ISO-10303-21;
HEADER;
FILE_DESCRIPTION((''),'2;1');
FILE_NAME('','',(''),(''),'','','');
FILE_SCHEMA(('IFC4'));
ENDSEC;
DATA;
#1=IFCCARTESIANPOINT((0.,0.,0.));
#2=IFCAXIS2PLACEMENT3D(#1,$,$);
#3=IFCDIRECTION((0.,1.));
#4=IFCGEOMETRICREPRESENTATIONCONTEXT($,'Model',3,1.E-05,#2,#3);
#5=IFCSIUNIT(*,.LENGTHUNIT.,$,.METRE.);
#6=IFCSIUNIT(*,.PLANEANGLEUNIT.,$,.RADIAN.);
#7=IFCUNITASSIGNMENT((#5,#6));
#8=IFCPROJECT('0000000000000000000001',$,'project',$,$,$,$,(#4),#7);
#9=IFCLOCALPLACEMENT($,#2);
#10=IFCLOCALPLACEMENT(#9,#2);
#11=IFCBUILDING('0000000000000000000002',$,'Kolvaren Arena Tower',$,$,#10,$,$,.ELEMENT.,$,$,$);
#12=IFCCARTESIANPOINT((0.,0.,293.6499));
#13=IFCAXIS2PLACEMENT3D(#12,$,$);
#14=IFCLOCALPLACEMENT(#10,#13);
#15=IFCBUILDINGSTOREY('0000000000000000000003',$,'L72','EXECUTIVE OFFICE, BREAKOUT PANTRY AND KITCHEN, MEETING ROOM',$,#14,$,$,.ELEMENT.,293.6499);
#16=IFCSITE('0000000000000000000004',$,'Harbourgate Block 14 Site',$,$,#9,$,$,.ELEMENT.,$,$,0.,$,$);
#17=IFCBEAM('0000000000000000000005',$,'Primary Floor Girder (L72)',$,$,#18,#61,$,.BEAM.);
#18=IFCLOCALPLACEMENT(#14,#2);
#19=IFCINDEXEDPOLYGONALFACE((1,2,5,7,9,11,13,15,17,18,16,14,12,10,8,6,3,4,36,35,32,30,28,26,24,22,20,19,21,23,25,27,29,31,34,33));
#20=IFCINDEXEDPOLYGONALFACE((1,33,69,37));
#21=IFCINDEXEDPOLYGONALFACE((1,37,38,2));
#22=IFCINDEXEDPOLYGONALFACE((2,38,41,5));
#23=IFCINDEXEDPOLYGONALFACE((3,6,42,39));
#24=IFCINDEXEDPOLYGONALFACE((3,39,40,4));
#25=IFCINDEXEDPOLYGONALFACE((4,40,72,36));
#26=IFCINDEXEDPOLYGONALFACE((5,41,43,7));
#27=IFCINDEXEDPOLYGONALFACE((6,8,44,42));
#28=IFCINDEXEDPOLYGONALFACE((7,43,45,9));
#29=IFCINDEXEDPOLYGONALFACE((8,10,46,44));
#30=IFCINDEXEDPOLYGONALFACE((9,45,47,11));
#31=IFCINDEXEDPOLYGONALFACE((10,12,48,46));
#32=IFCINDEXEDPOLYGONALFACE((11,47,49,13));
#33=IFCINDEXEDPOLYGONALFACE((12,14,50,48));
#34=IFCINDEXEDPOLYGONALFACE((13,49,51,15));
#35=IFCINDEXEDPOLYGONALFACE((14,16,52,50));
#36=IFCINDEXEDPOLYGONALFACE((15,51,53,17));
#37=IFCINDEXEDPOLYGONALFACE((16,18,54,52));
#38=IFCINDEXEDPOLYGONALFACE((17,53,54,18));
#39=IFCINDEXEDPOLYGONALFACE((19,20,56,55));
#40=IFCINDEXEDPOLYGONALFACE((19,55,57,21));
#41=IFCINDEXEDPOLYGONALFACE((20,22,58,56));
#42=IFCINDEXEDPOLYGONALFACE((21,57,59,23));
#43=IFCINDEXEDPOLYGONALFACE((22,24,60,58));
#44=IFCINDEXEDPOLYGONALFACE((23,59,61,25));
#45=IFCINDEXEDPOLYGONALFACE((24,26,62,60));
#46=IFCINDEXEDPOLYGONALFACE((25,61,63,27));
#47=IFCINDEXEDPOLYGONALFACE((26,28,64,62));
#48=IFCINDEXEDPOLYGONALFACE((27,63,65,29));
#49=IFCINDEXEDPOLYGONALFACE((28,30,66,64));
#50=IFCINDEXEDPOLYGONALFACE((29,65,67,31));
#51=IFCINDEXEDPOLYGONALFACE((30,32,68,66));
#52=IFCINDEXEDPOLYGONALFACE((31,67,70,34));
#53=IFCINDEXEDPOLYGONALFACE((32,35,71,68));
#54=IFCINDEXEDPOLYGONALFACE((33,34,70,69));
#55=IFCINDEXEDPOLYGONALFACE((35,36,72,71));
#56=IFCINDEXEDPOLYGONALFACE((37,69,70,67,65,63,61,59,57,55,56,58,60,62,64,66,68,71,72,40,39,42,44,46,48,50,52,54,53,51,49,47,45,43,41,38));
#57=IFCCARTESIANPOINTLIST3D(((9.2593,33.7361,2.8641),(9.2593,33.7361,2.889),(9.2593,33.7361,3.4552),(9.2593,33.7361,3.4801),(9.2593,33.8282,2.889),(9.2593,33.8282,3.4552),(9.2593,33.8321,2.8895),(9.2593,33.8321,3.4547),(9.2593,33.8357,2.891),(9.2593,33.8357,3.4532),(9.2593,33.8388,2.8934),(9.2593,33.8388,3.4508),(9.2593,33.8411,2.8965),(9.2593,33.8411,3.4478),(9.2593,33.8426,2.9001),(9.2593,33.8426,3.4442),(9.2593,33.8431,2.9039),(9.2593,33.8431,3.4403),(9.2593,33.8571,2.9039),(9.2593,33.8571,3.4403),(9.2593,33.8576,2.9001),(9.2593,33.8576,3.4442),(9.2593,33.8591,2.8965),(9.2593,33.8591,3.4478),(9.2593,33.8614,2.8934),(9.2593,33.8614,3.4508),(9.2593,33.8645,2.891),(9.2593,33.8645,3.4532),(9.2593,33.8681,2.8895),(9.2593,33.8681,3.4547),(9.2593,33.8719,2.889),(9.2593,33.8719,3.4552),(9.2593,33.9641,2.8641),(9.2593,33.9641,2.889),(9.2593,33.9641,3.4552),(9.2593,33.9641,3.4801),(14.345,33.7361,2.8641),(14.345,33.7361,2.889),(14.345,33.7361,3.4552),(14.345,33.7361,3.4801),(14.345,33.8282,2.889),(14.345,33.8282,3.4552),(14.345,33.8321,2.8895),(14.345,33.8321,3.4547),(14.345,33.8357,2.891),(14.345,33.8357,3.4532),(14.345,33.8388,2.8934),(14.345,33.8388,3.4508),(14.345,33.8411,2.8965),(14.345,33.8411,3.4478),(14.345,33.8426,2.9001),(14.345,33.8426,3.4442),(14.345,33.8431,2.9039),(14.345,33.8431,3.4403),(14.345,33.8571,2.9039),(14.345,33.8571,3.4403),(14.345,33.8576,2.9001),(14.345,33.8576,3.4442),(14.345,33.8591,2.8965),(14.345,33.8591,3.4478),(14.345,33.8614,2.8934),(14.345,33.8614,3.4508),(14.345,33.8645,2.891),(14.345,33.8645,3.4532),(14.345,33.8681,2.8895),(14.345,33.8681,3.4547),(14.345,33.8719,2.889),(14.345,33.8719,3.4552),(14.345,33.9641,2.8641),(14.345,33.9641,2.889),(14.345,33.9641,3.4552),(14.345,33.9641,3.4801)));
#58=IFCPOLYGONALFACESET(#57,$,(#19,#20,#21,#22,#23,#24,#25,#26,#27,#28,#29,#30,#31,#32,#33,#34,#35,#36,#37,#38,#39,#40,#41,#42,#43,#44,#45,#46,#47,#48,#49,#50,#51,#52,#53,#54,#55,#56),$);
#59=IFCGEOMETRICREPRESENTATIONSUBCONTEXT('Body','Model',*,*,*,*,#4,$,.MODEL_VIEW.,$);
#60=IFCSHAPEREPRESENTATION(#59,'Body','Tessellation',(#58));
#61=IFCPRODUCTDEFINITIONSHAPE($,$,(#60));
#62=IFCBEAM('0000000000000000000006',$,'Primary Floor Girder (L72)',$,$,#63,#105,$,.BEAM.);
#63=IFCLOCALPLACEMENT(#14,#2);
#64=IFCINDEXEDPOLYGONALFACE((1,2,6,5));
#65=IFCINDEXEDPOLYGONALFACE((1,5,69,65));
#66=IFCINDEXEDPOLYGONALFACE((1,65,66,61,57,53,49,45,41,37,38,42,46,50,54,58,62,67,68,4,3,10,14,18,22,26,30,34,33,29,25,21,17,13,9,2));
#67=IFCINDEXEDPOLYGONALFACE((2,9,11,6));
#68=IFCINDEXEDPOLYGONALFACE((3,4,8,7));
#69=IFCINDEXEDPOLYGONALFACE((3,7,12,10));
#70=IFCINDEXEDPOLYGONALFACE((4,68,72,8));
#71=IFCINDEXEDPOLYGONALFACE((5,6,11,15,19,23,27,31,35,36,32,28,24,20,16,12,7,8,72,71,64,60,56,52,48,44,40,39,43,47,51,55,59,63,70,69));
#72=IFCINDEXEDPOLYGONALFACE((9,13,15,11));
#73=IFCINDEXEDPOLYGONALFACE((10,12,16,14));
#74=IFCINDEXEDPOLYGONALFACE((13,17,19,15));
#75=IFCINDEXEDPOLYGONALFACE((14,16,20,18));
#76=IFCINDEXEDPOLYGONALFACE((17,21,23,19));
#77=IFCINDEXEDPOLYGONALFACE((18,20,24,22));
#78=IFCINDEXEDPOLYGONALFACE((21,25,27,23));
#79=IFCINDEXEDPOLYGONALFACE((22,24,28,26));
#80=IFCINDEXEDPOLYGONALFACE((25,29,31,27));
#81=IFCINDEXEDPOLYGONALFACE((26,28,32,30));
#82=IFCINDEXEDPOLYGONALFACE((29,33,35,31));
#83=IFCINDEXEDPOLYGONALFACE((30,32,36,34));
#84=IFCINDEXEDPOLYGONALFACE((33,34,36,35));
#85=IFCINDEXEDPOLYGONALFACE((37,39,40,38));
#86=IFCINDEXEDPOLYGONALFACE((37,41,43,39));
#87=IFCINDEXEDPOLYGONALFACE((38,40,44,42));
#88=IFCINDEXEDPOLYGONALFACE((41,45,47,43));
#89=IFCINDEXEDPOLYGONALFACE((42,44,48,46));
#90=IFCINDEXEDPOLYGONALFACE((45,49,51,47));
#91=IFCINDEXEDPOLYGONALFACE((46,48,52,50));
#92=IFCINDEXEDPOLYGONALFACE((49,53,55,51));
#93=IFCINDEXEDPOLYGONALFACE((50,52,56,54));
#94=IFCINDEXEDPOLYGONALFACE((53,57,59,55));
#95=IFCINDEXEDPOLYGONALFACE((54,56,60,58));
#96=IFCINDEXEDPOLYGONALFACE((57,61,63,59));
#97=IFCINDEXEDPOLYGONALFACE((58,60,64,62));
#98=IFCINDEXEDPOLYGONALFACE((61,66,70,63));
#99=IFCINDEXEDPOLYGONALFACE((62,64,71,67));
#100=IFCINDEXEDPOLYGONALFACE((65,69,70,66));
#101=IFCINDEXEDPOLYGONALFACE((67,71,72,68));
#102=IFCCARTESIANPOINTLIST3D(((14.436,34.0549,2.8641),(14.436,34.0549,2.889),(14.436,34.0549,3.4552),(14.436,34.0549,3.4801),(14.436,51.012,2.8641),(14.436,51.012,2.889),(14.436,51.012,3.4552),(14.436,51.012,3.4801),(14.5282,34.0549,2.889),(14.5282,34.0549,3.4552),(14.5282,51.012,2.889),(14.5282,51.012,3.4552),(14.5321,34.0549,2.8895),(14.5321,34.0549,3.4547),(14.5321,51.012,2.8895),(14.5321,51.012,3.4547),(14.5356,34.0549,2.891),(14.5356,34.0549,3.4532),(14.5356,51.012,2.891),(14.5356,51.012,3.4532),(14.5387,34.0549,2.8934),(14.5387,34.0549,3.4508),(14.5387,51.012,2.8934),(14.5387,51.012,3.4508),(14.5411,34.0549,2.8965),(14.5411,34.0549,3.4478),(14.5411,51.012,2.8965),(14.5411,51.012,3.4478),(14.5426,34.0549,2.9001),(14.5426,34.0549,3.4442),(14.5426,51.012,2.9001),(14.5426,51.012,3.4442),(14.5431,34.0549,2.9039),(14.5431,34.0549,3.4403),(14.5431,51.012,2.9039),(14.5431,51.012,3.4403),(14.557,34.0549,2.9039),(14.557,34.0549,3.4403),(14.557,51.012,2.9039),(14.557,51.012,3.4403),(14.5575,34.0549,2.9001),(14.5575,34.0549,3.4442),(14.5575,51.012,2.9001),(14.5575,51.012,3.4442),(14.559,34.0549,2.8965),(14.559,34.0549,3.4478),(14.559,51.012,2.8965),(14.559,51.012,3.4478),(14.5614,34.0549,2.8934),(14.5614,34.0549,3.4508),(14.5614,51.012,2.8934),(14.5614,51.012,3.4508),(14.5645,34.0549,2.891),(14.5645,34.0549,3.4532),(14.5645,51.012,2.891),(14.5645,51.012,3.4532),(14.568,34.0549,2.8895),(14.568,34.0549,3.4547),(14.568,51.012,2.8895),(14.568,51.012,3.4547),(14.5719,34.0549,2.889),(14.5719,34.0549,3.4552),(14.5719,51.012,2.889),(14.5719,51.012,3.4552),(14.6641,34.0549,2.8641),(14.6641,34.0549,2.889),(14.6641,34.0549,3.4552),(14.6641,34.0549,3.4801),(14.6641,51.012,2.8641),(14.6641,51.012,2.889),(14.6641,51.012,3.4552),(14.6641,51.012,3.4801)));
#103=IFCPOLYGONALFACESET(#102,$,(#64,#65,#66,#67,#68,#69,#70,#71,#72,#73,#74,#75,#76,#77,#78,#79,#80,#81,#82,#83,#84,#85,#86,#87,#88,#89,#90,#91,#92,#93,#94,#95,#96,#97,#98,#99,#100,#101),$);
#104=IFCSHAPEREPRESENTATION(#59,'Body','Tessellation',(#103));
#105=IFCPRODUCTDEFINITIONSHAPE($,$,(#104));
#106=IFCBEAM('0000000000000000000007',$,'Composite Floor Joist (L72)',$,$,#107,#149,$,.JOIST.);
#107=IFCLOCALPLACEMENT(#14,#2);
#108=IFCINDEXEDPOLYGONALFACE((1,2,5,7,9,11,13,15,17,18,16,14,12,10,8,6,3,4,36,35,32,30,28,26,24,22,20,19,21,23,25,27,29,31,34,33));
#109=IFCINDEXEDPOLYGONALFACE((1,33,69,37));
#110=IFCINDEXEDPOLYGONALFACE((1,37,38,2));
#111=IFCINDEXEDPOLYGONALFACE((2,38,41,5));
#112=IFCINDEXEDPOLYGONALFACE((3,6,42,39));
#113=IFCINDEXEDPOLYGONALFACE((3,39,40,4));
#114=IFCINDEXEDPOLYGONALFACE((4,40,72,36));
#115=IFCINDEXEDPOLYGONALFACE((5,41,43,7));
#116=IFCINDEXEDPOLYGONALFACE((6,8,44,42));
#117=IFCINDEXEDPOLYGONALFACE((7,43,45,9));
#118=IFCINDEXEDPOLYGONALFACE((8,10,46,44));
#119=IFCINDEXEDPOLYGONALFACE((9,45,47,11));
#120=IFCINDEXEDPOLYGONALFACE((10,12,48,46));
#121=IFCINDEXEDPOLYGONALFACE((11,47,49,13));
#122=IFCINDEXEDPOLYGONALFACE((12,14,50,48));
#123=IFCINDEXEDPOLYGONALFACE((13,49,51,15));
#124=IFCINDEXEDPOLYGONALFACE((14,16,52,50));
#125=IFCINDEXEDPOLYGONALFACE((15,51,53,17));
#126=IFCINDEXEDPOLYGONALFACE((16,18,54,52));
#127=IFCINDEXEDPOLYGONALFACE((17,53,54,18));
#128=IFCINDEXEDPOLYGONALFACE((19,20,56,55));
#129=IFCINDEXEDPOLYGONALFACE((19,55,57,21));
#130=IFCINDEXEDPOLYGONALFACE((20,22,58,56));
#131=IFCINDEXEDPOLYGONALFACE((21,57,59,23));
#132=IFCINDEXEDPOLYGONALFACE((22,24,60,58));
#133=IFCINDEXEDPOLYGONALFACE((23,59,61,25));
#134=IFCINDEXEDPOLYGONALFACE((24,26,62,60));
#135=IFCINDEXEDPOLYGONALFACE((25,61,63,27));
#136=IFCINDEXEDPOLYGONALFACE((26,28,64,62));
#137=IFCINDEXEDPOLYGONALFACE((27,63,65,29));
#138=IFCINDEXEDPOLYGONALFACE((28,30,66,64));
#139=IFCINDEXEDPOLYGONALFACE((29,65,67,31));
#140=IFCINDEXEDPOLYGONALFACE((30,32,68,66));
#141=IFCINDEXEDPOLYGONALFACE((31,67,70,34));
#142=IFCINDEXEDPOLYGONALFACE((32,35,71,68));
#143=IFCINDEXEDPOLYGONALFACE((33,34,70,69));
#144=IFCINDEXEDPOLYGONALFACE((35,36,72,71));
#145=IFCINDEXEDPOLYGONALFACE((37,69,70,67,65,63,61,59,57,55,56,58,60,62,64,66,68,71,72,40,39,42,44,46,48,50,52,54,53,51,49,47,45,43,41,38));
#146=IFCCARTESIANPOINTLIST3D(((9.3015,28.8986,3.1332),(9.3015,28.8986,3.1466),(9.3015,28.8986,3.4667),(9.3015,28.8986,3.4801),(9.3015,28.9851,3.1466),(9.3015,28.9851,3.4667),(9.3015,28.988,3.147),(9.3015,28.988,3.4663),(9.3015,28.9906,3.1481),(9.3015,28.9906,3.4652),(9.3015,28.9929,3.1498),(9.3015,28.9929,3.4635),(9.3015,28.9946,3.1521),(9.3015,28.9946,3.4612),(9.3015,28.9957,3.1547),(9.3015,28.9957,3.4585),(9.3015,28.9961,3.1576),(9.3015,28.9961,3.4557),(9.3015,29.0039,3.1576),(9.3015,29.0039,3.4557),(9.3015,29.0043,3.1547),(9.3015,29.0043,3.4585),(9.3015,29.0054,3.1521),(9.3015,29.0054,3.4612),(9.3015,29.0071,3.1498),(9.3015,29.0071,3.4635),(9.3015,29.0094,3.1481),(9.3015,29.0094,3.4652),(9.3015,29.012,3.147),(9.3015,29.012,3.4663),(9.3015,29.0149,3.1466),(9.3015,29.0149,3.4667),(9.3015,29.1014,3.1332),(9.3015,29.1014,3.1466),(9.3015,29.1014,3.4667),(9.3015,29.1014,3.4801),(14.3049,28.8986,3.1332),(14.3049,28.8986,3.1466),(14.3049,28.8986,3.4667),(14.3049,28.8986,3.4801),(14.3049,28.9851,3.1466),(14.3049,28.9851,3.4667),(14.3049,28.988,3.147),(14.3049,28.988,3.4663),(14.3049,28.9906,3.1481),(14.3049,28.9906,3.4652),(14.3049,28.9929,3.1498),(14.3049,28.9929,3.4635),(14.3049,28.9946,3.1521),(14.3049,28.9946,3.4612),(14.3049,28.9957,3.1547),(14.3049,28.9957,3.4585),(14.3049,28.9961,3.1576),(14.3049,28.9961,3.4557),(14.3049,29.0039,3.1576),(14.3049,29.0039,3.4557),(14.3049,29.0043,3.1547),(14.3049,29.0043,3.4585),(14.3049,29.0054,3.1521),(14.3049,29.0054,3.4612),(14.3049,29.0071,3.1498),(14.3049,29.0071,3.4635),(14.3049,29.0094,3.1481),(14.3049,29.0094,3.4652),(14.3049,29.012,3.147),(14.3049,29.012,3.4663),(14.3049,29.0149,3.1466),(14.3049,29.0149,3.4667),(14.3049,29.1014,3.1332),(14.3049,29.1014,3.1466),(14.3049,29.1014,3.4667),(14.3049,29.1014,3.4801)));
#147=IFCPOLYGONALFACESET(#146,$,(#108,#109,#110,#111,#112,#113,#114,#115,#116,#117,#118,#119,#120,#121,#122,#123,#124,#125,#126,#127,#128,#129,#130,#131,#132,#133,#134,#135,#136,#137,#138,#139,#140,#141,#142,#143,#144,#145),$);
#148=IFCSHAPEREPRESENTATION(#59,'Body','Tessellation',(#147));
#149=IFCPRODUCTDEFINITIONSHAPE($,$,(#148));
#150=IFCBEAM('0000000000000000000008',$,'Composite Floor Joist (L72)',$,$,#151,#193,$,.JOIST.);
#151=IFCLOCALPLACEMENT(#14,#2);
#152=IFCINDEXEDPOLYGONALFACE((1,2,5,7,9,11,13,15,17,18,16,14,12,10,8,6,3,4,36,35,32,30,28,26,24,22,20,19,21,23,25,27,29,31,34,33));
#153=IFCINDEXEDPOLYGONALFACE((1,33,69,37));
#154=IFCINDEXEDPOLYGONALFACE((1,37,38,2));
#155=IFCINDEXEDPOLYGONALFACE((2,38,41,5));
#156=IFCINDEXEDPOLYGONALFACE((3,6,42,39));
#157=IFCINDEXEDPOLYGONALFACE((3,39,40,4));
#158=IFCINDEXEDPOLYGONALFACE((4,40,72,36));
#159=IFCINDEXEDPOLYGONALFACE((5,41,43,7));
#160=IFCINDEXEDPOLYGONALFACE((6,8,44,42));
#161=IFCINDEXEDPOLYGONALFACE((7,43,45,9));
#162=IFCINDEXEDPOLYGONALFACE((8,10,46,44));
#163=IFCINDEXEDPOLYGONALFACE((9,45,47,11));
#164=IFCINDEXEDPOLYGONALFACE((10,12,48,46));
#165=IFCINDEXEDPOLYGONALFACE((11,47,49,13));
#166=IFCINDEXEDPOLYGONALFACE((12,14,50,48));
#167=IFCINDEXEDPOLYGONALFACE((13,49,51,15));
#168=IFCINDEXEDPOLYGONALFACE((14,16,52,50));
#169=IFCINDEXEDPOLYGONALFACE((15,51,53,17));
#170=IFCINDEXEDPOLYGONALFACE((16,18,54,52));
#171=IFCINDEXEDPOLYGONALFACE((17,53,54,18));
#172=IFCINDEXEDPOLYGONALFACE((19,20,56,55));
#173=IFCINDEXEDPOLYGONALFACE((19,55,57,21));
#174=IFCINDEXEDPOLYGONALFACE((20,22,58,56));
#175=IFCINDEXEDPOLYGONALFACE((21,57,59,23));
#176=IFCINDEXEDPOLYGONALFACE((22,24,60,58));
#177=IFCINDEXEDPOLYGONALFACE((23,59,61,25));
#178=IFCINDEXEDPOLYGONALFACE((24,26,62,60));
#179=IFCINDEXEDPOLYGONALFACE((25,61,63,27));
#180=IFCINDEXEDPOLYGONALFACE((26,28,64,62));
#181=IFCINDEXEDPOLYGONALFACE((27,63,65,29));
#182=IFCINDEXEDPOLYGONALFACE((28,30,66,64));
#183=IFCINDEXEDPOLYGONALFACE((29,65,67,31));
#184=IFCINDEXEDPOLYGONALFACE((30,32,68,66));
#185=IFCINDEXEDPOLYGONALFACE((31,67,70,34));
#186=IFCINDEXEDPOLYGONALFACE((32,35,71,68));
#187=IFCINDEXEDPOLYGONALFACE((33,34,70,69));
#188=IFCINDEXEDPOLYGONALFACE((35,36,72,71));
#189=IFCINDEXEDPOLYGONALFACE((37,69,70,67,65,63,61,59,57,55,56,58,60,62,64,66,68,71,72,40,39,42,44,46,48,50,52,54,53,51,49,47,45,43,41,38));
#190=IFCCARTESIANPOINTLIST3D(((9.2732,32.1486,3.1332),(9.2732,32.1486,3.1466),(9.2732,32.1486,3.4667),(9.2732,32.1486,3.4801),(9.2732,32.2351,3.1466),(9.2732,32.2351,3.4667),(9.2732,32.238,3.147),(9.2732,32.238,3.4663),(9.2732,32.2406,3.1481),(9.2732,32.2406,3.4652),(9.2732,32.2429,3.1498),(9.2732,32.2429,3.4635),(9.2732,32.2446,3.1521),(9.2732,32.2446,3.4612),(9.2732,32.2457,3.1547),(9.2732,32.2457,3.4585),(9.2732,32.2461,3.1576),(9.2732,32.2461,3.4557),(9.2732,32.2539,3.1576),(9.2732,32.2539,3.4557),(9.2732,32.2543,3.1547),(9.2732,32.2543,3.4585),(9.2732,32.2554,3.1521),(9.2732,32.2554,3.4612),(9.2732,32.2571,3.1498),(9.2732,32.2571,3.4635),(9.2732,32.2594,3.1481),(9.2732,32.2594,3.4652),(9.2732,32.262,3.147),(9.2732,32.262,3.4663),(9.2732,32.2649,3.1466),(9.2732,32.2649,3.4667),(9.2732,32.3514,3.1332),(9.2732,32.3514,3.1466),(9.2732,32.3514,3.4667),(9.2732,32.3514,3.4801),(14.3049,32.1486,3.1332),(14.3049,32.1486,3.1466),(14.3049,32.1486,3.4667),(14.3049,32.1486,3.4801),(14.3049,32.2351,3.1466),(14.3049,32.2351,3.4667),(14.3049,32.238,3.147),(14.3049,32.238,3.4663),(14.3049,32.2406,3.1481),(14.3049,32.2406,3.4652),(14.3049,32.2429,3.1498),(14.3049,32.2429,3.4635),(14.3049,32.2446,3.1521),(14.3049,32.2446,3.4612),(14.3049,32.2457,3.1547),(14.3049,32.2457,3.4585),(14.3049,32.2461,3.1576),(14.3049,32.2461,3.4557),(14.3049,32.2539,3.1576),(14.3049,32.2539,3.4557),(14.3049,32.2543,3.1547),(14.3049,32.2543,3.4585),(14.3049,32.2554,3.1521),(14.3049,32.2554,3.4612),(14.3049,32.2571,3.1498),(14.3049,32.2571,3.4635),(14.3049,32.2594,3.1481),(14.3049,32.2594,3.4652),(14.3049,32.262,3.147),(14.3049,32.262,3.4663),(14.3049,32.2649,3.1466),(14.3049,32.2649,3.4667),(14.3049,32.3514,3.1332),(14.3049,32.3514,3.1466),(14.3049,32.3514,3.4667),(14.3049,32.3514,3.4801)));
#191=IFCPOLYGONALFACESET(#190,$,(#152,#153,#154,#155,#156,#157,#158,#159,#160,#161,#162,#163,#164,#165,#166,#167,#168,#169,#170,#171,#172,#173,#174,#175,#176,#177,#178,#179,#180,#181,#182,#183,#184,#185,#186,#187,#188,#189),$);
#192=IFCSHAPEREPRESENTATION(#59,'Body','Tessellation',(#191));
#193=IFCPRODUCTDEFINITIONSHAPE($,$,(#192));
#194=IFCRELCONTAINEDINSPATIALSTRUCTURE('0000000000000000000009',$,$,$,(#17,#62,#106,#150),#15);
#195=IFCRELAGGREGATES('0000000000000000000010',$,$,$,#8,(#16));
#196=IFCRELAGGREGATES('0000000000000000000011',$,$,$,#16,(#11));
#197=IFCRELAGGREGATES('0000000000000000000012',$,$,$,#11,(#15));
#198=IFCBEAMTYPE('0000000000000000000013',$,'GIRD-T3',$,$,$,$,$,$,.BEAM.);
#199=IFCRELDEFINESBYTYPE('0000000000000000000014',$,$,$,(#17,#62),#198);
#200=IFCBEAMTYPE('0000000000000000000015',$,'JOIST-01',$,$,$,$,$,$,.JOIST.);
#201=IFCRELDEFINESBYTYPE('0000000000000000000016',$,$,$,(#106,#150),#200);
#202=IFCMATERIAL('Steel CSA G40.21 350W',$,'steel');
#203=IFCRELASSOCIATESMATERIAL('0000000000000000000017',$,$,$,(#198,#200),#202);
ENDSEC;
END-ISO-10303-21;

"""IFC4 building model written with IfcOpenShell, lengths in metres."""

from ifc_helpers import new_model, si_unit, direction, frame, origin, origin_2d, place, context, subcontext, project, spatial, i_section, extrude, material, material_profile, profile_set, type_object, element, save


model = new_model("IFC4")

# Units and contexts
model_context = context("Model", 3, precision=1e-05, world=origin(), true_north=direction((0.0, 1.0)))
body_context = subcontext(model_context, "Body", "Model", "MODEL_VIEW")
ifc_project = project(units=[si_unit("LENGTHUNIT", "METRE"), si_unit("PLANEANGLEUNIT", "RADIAN")], contexts=[model_context])

# Site, building, storey
site_placement = place(None, origin())
site = spatial("IfcSite", under=ifc_project, at=site_placement, Name="Harbourgate Block 14 Site", CompositionType="ELEMENT", RefElevation=0.0)
building_placement = place(site_placement, origin())
building = spatial("IfcBuilding", under=site, at=building_placement, Name="Kolvaren Arena Tower", CompositionType="ELEMENT")
storey_placement = place(building_placement, frame((0.0, 0.0, 293.6499)))
storey = spatial("IfcBuildingStorey", under=building, at=storey_placement, Name="L72", Description="EXECUTIVE OFFICE, BREAKOUT PANTRY AND KITCHEN, MEETING ROOM", CompositionType="ELEMENT", Elevation=293.6499)

# Beams
ifc_material_1 = material(Name="Steel CSA G40.21 350W", Category="steel")
ifc_material_profile_1 = material_profile(ifc_material_1, i_section(OverallWidth=0.228, OverallDepth=0.616, WebThickness=0.0139, FlangeThickness=0.0249, FilletRadius=0.0149, at=origin_2d()), Name="W610x174")
ifc_profile_set_1 = profile_set([ifc_material_profile_1], Name="Steel CSA G40.21 350W")
beam_type_1 = type_object("IfcBeamType", Name="GIRD-T3", PredefinedType="BEAM", material=ifc_profile_set_1)
beam_1_placement = place(storey_placement, frame((9.2593, 33.8501, 3.1721), z_axis=(1.0, 0.0, 0.0), x_axis=(0.0, 1.0, 0.0)))
element("IfcBeam", 1, at=beam_1_placement, inside=storey, type_object=beam_type_1, Name="Primary Floor Girder (L72)", PredefinedType="BEAM", context=body_context, shape_type="SweptSolid", body=[
    extrude(i_section(OverallWidth=0.228, OverallDepth=0.616, WebThickness=0.0139, FlangeThickness=0.0249, FilletRadius=0.0149, at=origin_2d()), origin(), (0.0, 0.0, 1.0), 5.0857),
])
beam_2_placement = place(storey_placement, frame((14.55, 34.0549, 3.1721), z_axis=(0.0, 1.0, 0.0), x_axis=(-1.0, 0.0, 0.0)))
element("IfcBeam", 2, at=beam_2_placement, inside=storey, type_object=beam_type_1, Name="Primary Floor Girder (L72)", PredefinedType="BEAM", context=body_context, shape_type="SweptSolid", body=[
    extrude(i_section(OverallWidth=0.228, OverallDepth=0.616, WebThickness=0.0139, FlangeThickness=0.0249, FilletRadius=0.0149, at=origin_2d()), origin(), (0.0, 0.0, 1.0), 16.957),
])
ifc_material_profile_2 = material_profile(ifc_material_1, i_section(OverallWidth=0.2029, OverallDepth=0.3469, WebThickness=0.0078, FlangeThickness=0.0134, FilletRadius=0.011, at=origin_2d()), Name="W360x64")
ifc_profile_set_2 = profile_set([ifc_material_profile_2], Name="Steel CSA G40.21 350W")
beam_type_2 = type_object("IfcBeamType", Name="JOIST-01", PredefinedType="JOIST", material=ifc_profile_set_2)
beam_3_placement = place(storey_placement, frame((9.3015, 29.0, 3.3066), z_axis=(1.0, 0.0, 0.0), x_axis=(0.0, 1.0, 0.0)))
element("IfcBeam", 3, at=beam_3_placement, inside=storey, type_object=beam_type_2, Name="Composite Floor Joist (L72)", PredefinedType="JOIST", context=body_context, shape_type="SweptSolid", body=[
    extrude(i_section(OverallWidth=0.2029, OverallDepth=0.3469, WebThickness=0.0078, FlangeThickness=0.0134, FilletRadius=0.011, at=origin_2d()), origin(), (0.0, 0.0, 1.0), 5.0034),
])
beam_4_placement = place(storey_placement, frame((9.2732, 32.25, 3.3066), z_axis=(1.0, 0.0, 0.0), x_axis=(0.0, 1.0, 0.0)))
element("IfcBeam", 4, at=beam_4_placement, inside=storey, type_object=beam_type_2, Name="Composite Floor Joist (L72)", PredefinedType="JOIST", context=body_context, shape_type="SweptSolid", body=[
    extrude(i_section(OverallWidth=0.2029, OverallDepth=0.3469, WebThickness=0.0078, FlangeThickness=0.0134, FilletRadius=0.011, at=origin_2d()), origin(), (0.0, 0.0, 1.0), 5.0317),
])

save(model, "model.ifc")
